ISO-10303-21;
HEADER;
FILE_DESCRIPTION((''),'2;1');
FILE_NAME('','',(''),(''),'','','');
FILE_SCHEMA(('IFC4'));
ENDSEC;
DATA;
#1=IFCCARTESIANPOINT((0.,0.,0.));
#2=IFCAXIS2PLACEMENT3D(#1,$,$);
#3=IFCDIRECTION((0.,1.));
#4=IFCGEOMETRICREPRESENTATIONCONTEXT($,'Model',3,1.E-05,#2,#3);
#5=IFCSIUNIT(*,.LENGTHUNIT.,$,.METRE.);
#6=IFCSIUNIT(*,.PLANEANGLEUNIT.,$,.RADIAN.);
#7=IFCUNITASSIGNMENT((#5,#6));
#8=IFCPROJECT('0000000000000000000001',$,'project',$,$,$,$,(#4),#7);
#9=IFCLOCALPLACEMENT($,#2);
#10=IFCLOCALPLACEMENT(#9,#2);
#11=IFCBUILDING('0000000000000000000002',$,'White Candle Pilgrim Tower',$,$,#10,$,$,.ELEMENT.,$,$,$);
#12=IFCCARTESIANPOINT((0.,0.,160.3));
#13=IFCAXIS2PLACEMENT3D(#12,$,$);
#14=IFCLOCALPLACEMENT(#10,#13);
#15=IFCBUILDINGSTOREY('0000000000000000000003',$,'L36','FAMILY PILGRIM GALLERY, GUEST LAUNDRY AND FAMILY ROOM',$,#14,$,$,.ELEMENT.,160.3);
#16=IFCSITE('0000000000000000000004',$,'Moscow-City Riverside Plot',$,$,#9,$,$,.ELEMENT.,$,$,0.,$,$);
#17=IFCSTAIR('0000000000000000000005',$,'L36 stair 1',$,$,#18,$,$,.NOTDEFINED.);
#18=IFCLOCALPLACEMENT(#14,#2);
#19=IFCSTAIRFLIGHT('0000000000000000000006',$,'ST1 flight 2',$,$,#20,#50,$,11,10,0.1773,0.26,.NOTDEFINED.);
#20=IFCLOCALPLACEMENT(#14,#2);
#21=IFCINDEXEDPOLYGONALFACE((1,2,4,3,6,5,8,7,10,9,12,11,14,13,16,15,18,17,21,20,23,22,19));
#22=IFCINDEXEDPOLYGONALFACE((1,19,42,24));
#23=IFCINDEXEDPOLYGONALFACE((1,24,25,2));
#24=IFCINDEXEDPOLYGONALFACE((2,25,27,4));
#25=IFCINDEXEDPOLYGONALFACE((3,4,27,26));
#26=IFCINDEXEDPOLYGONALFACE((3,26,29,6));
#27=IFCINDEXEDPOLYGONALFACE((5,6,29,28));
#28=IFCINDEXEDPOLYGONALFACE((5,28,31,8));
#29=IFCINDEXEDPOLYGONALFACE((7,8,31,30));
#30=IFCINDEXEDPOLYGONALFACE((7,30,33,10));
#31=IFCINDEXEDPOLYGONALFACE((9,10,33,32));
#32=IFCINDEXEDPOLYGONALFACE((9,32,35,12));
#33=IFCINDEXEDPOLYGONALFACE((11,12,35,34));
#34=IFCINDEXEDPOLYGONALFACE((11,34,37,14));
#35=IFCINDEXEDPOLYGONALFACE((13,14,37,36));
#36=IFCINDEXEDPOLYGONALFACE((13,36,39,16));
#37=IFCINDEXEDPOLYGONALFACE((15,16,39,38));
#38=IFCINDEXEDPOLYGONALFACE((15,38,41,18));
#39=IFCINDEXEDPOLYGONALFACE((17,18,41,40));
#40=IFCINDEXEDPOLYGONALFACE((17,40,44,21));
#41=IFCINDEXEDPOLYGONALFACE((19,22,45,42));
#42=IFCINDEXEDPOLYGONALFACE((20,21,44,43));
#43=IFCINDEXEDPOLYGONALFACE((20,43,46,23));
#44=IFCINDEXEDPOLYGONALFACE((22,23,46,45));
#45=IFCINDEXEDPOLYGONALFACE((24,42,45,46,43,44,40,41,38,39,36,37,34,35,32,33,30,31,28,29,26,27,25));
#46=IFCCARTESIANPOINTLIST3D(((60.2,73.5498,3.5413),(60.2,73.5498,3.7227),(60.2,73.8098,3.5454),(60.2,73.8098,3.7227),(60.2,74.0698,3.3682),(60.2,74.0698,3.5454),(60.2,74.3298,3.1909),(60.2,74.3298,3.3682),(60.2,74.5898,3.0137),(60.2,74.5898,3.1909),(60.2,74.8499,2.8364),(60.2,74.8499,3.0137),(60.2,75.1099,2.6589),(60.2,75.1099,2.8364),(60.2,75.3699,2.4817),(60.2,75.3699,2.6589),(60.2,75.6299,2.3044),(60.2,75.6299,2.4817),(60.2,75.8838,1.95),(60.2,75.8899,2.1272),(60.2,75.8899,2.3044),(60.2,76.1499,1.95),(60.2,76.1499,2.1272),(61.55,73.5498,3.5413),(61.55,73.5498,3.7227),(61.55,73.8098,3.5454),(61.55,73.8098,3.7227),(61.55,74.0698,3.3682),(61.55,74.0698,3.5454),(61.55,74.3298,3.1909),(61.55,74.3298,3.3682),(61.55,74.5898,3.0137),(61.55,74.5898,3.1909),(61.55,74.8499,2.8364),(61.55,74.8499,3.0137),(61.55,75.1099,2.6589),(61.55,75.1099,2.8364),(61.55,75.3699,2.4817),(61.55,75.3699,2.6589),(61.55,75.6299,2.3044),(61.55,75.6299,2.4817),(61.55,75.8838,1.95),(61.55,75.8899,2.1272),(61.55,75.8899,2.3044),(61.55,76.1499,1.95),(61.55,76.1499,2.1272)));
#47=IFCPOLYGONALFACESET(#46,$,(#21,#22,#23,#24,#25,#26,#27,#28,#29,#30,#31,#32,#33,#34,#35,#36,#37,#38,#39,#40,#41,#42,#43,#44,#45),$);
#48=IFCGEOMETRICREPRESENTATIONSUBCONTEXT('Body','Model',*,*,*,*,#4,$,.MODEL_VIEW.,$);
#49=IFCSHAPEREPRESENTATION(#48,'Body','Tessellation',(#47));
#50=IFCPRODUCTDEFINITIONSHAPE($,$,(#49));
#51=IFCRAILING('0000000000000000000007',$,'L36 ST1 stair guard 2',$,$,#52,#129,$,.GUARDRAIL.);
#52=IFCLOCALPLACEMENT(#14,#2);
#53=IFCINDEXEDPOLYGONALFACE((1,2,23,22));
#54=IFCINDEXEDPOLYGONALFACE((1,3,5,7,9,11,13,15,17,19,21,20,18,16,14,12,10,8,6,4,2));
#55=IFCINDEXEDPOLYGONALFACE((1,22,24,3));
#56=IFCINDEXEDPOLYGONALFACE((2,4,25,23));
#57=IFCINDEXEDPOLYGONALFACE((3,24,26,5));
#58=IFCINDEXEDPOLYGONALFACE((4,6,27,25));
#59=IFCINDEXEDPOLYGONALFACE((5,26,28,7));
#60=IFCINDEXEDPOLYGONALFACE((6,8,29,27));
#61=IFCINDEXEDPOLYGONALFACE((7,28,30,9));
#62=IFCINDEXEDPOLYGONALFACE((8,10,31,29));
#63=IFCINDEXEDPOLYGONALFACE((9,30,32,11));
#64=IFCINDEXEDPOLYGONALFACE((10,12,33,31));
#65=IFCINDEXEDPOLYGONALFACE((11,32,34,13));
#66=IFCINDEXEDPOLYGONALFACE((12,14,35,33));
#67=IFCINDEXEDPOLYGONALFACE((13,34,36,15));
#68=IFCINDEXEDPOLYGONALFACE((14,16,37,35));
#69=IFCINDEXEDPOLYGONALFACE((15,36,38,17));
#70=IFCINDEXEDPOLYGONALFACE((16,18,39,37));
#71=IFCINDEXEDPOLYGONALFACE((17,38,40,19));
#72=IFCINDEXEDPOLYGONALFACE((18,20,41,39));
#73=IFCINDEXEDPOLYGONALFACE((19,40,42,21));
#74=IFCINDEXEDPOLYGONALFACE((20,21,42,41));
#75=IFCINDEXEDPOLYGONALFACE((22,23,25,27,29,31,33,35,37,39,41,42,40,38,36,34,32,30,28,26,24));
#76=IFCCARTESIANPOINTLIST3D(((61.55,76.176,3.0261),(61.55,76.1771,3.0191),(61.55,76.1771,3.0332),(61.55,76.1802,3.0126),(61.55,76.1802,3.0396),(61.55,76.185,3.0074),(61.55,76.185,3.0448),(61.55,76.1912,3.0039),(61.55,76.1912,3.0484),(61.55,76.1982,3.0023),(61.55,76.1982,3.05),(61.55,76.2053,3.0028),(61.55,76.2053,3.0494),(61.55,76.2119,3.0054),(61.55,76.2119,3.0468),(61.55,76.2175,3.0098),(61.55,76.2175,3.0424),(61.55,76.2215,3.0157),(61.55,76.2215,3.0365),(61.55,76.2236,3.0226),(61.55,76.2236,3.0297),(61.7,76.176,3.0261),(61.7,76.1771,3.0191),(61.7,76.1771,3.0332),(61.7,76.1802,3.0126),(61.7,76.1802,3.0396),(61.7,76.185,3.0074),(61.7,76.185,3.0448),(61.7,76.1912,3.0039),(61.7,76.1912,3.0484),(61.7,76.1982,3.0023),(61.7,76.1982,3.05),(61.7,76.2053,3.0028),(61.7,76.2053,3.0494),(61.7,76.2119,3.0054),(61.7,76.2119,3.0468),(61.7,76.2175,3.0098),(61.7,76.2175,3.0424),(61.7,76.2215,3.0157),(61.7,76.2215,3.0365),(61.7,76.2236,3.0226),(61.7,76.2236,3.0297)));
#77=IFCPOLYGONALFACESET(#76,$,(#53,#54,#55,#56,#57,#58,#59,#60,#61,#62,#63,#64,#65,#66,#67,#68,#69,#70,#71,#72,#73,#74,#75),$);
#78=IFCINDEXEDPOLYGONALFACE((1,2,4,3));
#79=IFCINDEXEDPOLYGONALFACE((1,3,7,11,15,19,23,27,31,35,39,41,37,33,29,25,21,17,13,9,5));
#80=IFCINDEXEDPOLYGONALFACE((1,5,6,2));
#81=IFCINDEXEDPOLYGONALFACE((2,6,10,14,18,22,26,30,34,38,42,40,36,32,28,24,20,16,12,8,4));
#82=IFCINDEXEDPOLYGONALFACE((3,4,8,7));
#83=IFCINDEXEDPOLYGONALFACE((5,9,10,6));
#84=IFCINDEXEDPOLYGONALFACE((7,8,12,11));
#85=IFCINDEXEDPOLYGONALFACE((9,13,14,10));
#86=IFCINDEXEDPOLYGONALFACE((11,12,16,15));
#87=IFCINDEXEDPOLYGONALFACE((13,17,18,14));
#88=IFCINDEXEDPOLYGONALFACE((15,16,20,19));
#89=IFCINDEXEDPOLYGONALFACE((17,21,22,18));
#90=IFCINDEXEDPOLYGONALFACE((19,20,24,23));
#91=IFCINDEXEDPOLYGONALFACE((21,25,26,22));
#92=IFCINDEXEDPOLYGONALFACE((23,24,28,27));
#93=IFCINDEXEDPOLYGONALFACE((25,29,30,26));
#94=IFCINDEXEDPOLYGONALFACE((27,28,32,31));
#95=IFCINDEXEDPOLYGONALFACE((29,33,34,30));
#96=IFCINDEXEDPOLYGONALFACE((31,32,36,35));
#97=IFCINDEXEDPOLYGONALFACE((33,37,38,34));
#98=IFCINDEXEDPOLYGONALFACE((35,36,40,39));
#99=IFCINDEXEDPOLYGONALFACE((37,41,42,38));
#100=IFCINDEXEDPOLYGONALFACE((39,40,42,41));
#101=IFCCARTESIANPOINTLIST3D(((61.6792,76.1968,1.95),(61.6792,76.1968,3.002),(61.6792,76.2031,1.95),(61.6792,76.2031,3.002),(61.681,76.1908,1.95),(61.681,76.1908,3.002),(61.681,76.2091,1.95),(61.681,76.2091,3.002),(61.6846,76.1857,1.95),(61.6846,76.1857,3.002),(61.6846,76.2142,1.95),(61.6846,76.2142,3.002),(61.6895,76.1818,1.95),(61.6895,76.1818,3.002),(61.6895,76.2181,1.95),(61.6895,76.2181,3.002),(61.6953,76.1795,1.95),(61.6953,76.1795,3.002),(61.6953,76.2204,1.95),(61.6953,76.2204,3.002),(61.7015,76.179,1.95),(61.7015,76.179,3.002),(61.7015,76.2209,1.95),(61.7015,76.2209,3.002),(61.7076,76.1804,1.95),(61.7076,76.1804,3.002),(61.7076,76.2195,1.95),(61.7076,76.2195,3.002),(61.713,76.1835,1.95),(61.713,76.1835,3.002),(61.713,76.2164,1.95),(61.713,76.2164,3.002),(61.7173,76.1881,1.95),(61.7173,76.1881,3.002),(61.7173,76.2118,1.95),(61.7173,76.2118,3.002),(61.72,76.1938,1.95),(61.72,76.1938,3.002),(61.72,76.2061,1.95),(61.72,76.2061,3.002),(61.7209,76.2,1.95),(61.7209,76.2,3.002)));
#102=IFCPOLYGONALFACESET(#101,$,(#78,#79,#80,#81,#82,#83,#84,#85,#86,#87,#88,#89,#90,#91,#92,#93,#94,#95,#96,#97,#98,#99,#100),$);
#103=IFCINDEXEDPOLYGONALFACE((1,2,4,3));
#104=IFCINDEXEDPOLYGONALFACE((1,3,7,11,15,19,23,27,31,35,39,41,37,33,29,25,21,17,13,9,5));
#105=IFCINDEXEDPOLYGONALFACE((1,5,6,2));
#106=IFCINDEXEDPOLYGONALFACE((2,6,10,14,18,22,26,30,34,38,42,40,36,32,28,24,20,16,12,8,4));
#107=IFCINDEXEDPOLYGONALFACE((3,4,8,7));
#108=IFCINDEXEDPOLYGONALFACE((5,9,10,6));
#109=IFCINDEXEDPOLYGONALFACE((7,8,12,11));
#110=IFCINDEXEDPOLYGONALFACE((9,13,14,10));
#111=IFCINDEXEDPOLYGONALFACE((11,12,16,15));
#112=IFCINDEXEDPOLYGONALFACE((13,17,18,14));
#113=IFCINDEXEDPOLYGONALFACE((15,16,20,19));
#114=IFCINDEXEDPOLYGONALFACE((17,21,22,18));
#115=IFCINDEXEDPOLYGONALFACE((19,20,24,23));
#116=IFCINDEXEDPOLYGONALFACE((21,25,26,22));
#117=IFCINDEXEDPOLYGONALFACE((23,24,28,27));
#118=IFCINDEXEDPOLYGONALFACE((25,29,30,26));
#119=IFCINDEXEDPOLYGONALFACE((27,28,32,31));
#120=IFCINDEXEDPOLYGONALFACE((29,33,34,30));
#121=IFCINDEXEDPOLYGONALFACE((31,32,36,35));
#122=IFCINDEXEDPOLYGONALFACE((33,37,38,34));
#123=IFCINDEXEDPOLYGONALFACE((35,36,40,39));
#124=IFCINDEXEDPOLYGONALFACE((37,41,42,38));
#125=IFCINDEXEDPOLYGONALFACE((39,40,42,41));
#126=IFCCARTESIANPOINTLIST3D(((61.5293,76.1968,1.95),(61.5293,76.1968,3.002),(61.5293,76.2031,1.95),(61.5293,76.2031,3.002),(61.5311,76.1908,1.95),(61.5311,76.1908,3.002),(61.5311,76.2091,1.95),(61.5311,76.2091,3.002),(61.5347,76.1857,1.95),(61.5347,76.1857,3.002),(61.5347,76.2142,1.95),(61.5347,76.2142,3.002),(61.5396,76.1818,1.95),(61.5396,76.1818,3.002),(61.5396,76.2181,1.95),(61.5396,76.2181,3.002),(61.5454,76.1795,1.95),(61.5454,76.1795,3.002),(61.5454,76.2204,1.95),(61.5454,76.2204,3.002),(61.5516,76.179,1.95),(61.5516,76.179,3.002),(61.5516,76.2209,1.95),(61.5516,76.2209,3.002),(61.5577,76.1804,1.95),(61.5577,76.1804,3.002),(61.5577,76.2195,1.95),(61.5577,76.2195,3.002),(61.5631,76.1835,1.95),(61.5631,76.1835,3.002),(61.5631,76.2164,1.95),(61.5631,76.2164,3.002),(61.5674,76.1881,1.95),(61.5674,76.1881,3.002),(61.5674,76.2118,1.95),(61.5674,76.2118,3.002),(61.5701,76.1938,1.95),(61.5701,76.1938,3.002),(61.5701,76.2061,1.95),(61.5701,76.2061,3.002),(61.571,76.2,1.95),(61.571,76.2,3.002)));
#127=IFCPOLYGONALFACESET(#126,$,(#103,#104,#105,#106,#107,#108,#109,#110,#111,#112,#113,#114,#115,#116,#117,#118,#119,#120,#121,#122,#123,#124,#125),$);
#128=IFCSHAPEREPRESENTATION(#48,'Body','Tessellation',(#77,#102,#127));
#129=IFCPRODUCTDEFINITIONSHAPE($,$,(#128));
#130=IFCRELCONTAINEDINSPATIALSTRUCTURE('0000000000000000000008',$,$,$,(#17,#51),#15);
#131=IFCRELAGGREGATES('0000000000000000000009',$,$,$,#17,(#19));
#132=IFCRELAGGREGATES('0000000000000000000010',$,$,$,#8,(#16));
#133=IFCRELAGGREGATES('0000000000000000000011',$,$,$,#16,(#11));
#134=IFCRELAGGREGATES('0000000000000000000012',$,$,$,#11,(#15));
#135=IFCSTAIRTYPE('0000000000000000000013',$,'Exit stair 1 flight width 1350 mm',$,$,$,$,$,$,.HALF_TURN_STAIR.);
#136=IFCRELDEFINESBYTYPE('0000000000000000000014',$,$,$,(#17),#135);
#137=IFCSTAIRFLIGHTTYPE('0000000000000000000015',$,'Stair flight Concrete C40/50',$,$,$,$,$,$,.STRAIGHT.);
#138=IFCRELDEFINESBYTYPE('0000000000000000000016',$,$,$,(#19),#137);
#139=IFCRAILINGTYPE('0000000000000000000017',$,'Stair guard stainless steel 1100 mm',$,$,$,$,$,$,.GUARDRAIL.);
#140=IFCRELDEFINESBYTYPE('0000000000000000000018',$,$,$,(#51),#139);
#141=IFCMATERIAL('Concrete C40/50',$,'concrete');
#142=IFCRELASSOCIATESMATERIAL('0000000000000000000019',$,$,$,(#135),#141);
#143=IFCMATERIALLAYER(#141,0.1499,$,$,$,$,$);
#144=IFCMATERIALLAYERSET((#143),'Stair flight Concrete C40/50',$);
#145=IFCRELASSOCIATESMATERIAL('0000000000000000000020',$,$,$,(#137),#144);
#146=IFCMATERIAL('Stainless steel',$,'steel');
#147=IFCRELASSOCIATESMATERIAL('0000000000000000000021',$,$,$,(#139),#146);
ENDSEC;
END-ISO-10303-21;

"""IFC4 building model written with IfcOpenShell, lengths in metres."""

from ifc_helpers import new_model, si_unit, direction, frame, origin, origin_2d, place, context, subcontext, project, spatial, polyline, circle, outline, extrude, material, layer, layer_set, type_object, element, aggregate, save


model = new_model("IFC4")

# Units and contexts
model_context = context("Model", 3, precision=1e-05, world=origin(), true_north=direction((0.0, 1.0)))
body_context = subcontext(model_context, "Body", "Model", "MODEL_VIEW")
ifc_project = project(units=[si_unit("LENGTHUNIT", "METRE"), si_unit("PLANEANGLEUNIT", "RADIAN")], contexts=[model_context])

# Site, building, storey
site_placement = place(None, origin())
site = spatial("IfcSite", under=ifc_project, at=site_placement, Name="Moscow-City Riverside Plot", CompositionType="ELEMENT", RefElevation=0.0)
building_placement = place(site_placement, origin())
building = spatial("IfcBuilding", under=site, at=building_placement, Name="White Candle Pilgrim Tower", CompositionType="ELEMENT")
storey_placement = place(building_placement, frame((0.0, 0.0, 160.3)))
storey = spatial("IfcBuildingStorey", under=building, at=storey_placement, Name="L36", Description="FAMILY PILGRIM GALLERY, GUEST LAUNDRY AND FAMILY ROOM", CompositionType="ELEMENT", Elevation=160.3)

# Shared definitions
ifc_material_1 = material(Name="Stainless steel", Category="steel")

# Stair, stair flight
ifc_material_2 = material(Name="Concrete C40/50", Category="concrete")
stair_type = type_object("IfcStairType", Name="Exit stair 1 flight width 1350 mm", PredefinedType="HALF_TURN_STAIR", material=ifc_material_2)
stair_placement = place(storey_placement, origin())
stair = element("IfcStair", 1, at=stair_placement, inside=storey, type_object=stair_type, Name="L36 stair 1", PredefinedType="NOTDEFINED")
ifc_layer_1 = layer(ifc_material_2, 0.1499)
ifc_layer_set_1 = layer_set([ifc_layer_1], Name="Stair flight Concrete C40/50")
stair_flight_type = type_object("IfcStairFlightType", Name="Stair flight Concrete C40/50", PredefinedType="STRAIGHT", material=ifc_layer_set_1)
stair_flight_placement = place(storey_placement, frame((60.875, 76.1499, 1.95), z_axis=(0.0, 0.0, 1.0), x_axis=(0.0, -1.0, 0.0)))
stair_flight = element("IfcStairFlight", 2, at=stair_flight_placement, type_object=stair_flight_type, Name="ST1 flight 2", NumberOfRisers=11, NumberOfTreads=10, PredefinedType="NOTDEFINED", RiserHeight=0.1773, TreadLength=0.26, context=body_context, shape_type="SweptSolid", body=[
    extrude(outline(polyline([(0.0, 0.0), (0.0, 0.1772), (0.26, 0.1772), (0.26, 0.3545), (0.52, 0.3545), (0.52, 0.5317), (0.78, 0.5317), (0.78, 0.709), (1.04, 0.709), (1.04, 0.8865), (1.3, 0.8865), (1.3, 1.0637), (1.5601, 1.0637), (1.5601, 1.241), (1.8201, 1.241), (1.8201, 1.4182), (2.0801, 1.4182), (2.0801, 1.5955), (2.3401, 1.5955), (2.3401, 1.7727), (2.6001, 1.7727), (2.6001, 1.95), (2.6001, 1.5913), (0.2661, 0.0), (0.0, 0.0)])), frame((0.0, 0.675, 0.0), z_axis=(0.0, -1.0, 0.0), x_axis=(1.0, 0.0, 0.0)), (0.0, 0.0, 1.0), 1.3501),
])
aggregate(stair, [stair_flight])

# Railing
railing_type_1 = type_object("IfcRailingType", Name="Stair guard stainless steel 1100 mm", PredefinedType="GUARDRAIL", material=ifc_material_1)
railing_1_placement = place(storey_placement, frame((61.7, 76.2, 1.95)))
element("IfcRailing", 3, at=railing_1_placement, inside=storey, type_object=railing_type_1, Name="L36 ST1 stair guard 2", PredefinedType="GUARDRAIL", context=body_context, shape_type="SweptSolid", body=[
    extrude(circle(Radius=0.0239, at=origin_2d()), frame((0.0, 0.0, 1.0762), z_axis=(-1.0, 0.0, 0.0), x_axis=(0.0, -1.0, 0.0)), (0.0, 0.0, 1.0), 0.1499),
    extrude(circle(Radius=0.021, at=origin_2d()), origin(), (0.0, 0.0, 1.0), 1.052),
    extrude(circle(Radius=0.021, at=origin_2d()), frame((-0.1499, 0.0, 0.0)), (0.0, 0.0, 1.0), 1.052),
])

save(model, "model.ifc")
